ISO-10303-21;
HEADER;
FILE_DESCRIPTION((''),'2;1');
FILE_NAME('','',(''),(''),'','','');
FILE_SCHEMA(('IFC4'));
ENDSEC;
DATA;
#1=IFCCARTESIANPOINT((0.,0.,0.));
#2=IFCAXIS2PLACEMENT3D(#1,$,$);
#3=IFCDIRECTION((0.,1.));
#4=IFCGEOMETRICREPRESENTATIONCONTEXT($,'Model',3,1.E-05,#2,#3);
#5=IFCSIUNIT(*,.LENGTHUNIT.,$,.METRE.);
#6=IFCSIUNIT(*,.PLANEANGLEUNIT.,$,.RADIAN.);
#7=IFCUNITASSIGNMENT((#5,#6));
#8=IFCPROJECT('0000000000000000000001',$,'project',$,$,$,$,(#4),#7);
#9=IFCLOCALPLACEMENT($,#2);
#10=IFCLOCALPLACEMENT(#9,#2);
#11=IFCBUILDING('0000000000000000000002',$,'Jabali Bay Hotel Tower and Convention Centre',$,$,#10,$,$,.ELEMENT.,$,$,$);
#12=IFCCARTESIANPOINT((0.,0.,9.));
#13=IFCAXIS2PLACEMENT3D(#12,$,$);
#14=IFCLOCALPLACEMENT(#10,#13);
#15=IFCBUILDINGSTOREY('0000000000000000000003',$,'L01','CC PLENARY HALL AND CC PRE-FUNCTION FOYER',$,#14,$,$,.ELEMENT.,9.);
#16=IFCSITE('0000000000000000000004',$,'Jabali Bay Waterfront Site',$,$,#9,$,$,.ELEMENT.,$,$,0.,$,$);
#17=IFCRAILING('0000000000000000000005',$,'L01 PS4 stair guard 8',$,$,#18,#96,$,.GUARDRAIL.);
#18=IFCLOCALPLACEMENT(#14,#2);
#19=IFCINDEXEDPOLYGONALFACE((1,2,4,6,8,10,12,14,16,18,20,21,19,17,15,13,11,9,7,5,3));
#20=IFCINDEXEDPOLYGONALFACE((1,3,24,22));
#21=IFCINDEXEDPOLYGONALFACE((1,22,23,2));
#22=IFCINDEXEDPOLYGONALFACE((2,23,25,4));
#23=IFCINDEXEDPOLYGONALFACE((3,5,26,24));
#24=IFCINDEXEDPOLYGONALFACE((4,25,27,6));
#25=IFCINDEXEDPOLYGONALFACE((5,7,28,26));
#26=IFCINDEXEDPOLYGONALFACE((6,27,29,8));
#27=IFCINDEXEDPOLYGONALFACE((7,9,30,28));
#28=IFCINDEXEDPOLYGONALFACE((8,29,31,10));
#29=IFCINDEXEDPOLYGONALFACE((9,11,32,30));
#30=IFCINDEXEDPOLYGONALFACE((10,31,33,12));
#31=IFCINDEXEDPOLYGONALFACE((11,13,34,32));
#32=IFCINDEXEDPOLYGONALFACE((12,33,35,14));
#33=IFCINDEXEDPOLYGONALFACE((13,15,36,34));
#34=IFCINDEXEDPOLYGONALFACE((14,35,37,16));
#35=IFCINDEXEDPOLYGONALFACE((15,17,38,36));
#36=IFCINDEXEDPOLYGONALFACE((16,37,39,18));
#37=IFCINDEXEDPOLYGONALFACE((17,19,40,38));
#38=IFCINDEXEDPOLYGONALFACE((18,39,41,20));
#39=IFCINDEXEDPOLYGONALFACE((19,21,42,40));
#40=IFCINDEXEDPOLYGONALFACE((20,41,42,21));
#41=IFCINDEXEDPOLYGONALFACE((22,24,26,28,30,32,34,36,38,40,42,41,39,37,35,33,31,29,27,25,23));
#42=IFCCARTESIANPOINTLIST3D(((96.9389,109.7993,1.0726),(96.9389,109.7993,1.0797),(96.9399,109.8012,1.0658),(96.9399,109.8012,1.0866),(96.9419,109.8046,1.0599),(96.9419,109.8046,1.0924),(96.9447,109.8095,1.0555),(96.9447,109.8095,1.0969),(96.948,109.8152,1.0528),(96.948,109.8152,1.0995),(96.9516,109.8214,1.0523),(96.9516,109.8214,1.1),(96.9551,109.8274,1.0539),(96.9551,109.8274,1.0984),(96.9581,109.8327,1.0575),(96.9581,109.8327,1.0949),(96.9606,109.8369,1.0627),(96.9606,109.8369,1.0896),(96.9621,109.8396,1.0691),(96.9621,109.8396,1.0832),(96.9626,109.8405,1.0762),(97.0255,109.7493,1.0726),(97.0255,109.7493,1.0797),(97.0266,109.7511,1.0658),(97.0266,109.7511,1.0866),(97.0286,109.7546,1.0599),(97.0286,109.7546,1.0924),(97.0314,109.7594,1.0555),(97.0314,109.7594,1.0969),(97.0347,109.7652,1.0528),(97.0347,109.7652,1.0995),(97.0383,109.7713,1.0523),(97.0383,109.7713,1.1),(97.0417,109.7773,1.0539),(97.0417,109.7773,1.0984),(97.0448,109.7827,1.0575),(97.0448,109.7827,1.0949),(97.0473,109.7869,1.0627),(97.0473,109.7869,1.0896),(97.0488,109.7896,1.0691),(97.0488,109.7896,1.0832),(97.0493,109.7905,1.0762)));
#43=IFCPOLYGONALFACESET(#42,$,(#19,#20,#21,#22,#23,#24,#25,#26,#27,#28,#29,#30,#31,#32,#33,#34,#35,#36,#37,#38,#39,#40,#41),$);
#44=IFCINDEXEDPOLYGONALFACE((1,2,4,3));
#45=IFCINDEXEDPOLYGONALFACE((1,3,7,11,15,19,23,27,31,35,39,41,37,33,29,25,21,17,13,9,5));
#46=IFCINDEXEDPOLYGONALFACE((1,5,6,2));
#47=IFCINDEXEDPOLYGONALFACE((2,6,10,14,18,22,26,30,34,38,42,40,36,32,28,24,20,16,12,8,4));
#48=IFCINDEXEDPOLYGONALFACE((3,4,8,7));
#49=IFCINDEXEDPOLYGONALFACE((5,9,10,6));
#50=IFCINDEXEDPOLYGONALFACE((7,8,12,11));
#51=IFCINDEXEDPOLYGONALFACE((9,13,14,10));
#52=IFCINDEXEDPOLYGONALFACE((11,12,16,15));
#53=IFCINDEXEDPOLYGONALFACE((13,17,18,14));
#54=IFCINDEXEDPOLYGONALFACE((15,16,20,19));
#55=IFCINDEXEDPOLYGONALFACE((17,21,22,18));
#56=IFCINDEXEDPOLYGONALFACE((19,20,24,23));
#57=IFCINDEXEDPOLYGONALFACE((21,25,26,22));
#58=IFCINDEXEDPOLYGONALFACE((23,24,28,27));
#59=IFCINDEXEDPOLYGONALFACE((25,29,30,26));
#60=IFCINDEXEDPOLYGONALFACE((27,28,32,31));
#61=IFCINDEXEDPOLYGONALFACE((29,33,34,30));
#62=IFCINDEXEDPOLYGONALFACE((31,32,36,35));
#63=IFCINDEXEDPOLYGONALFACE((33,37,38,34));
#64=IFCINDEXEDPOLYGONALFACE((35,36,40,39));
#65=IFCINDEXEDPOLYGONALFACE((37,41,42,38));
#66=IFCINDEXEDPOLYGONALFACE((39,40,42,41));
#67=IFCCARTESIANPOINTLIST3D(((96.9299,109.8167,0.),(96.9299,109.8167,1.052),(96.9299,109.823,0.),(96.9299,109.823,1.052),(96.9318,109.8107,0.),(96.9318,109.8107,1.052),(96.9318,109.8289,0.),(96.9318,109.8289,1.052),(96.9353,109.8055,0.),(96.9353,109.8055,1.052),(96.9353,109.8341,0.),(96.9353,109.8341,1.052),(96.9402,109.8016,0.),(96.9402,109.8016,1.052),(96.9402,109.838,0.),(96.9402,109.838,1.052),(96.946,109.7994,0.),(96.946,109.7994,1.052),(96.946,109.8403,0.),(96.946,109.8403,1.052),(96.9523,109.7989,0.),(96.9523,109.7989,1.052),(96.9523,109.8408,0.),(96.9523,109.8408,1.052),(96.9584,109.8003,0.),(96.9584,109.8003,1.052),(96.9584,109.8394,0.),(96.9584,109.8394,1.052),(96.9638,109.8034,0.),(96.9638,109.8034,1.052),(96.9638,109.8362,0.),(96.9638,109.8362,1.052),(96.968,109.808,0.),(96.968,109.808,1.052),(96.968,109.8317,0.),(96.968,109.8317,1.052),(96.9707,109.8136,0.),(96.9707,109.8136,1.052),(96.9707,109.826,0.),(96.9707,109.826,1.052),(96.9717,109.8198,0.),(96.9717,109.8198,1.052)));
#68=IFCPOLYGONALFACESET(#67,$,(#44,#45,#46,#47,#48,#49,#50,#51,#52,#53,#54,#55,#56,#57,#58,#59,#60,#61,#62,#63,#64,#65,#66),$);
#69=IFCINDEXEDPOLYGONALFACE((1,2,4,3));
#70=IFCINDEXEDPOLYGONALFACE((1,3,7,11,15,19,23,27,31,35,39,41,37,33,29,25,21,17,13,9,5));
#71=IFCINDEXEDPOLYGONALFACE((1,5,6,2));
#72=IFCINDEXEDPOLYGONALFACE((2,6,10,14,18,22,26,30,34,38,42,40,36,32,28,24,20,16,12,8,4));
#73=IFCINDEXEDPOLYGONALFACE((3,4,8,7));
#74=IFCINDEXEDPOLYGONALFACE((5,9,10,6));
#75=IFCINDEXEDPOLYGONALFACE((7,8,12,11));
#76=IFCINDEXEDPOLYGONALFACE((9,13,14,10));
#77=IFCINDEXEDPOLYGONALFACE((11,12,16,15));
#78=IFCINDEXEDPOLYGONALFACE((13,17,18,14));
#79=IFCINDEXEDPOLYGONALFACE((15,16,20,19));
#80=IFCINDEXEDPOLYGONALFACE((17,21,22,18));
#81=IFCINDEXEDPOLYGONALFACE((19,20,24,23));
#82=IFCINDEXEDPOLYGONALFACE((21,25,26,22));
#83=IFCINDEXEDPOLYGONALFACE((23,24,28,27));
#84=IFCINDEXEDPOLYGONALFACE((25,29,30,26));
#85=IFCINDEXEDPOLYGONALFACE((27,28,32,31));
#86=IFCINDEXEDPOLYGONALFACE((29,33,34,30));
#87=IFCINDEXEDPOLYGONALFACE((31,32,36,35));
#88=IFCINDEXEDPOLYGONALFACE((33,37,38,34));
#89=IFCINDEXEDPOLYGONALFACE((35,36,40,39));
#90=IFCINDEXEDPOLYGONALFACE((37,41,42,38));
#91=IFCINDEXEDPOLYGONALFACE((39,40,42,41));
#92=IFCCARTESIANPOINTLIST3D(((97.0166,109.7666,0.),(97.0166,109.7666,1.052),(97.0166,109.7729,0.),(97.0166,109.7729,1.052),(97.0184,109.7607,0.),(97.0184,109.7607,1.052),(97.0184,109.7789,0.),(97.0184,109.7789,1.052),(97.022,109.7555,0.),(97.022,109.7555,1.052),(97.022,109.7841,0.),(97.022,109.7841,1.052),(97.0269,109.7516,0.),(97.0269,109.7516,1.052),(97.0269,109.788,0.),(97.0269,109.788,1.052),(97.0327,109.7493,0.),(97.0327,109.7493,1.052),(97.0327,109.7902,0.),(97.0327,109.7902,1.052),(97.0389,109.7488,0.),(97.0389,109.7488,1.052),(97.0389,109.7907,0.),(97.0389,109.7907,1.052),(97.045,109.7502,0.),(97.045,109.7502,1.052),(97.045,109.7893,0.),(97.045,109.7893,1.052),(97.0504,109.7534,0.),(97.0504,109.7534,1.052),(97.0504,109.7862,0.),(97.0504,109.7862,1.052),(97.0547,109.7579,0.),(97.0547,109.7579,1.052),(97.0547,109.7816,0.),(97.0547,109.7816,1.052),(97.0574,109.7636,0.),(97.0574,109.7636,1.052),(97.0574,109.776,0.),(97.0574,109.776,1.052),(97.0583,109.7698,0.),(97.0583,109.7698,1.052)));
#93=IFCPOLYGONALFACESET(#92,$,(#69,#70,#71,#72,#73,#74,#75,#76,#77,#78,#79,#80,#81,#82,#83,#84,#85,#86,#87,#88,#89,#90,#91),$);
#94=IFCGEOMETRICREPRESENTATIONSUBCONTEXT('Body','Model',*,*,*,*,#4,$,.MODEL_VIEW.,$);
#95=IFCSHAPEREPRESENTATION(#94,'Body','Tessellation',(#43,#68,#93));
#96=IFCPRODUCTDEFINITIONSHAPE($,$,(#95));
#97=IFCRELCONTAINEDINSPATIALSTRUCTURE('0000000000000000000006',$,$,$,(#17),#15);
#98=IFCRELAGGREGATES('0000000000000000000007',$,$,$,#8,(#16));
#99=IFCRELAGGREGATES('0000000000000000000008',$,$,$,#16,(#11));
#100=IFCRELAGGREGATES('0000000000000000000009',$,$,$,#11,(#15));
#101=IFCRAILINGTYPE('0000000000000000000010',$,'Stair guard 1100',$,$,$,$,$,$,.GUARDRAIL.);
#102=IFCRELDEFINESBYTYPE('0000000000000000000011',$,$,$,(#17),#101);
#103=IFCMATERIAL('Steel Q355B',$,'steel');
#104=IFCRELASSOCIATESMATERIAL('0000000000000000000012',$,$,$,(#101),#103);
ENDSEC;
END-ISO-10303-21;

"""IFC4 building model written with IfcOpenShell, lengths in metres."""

from ifc_helpers import new_model, si_unit, direction, frame, origin, origin_2d, place, context, subcontext, project, spatial, circle, extrude, material, type_object, element, save


model = new_model("IFC4")

# Units and contexts
model_context = context("Model", 3, precision=1e-05, world=origin(), true_north=direction((0.0, 1.0)))
body_context = subcontext(model_context, "Body", "Model", "MODEL_VIEW")
ifc_project = project(units=[si_unit("LENGTHUNIT", "METRE"), si_unit("PLANEANGLEUNIT", "RADIAN")], contexts=[model_context])

# Site, building, storey
site_placement = place(None, origin())
site = spatial("IfcSite", under=ifc_project, at=site_placement, Name="Jabali Bay Waterfront Site", CompositionType="ELEMENT", RefElevation=0.0)
building_placement = place(site_placement, origin())
building = spatial("IfcBuilding", under=site, at=building_placement, Name="Jabali Bay Hotel Tower and Convention Centre", CompositionType="ELEMENT")
storey_placement = place(building_placement, frame((0.0, 0.0, 9.0)))
storey = spatial("IfcBuildingStorey", under=building, at=storey_placement, Name="L01", Description="CC PLENARY HALL AND CC PRE-FUNCTION FOYER", CompositionType="ELEMENT", Elevation=9.0)

# Railing
ifc_material_1 = material(Name="Steel Q355B", Category="steel")
railing_type_1 = type_object("IfcRailingType", Name="Stair guard 1100", PredefinedType="GUARDRAIL", material=ifc_material_1)
railing_1_placement = place(storey_placement, frame((96.9507, 109.8198, 0.0)))
element("IfcRailing", 1, at=railing_1_placement, inside=storey, type_object=railing_type_1, Name="L01 PS4 stair guard 8", PredefinedType="GUARDRAIL", context=body_context, shape_type="SweptSolid", body=[
    extrude(circle(Radius=0.0239, at=origin_2d()), frame((0.0, 0.0, 1.0762), z_axis=(0.865982, -0.500074, 0.0), x_axis=(0.500074, 0.865982, 0.0)), (0.0, 0.0, 1.0), 0.1001),
    extrude(circle(Radius=0.021, at=origin_2d()), origin(), (0.0, 0.0, 1.0), 1.052),
    extrude(circle(Radius=0.021, at=origin_2d()), frame((0.0867, -0.05, 0.0)), (0.0, 0.0, 1.0), 1.052),
])

save(model, "model.ifc")
